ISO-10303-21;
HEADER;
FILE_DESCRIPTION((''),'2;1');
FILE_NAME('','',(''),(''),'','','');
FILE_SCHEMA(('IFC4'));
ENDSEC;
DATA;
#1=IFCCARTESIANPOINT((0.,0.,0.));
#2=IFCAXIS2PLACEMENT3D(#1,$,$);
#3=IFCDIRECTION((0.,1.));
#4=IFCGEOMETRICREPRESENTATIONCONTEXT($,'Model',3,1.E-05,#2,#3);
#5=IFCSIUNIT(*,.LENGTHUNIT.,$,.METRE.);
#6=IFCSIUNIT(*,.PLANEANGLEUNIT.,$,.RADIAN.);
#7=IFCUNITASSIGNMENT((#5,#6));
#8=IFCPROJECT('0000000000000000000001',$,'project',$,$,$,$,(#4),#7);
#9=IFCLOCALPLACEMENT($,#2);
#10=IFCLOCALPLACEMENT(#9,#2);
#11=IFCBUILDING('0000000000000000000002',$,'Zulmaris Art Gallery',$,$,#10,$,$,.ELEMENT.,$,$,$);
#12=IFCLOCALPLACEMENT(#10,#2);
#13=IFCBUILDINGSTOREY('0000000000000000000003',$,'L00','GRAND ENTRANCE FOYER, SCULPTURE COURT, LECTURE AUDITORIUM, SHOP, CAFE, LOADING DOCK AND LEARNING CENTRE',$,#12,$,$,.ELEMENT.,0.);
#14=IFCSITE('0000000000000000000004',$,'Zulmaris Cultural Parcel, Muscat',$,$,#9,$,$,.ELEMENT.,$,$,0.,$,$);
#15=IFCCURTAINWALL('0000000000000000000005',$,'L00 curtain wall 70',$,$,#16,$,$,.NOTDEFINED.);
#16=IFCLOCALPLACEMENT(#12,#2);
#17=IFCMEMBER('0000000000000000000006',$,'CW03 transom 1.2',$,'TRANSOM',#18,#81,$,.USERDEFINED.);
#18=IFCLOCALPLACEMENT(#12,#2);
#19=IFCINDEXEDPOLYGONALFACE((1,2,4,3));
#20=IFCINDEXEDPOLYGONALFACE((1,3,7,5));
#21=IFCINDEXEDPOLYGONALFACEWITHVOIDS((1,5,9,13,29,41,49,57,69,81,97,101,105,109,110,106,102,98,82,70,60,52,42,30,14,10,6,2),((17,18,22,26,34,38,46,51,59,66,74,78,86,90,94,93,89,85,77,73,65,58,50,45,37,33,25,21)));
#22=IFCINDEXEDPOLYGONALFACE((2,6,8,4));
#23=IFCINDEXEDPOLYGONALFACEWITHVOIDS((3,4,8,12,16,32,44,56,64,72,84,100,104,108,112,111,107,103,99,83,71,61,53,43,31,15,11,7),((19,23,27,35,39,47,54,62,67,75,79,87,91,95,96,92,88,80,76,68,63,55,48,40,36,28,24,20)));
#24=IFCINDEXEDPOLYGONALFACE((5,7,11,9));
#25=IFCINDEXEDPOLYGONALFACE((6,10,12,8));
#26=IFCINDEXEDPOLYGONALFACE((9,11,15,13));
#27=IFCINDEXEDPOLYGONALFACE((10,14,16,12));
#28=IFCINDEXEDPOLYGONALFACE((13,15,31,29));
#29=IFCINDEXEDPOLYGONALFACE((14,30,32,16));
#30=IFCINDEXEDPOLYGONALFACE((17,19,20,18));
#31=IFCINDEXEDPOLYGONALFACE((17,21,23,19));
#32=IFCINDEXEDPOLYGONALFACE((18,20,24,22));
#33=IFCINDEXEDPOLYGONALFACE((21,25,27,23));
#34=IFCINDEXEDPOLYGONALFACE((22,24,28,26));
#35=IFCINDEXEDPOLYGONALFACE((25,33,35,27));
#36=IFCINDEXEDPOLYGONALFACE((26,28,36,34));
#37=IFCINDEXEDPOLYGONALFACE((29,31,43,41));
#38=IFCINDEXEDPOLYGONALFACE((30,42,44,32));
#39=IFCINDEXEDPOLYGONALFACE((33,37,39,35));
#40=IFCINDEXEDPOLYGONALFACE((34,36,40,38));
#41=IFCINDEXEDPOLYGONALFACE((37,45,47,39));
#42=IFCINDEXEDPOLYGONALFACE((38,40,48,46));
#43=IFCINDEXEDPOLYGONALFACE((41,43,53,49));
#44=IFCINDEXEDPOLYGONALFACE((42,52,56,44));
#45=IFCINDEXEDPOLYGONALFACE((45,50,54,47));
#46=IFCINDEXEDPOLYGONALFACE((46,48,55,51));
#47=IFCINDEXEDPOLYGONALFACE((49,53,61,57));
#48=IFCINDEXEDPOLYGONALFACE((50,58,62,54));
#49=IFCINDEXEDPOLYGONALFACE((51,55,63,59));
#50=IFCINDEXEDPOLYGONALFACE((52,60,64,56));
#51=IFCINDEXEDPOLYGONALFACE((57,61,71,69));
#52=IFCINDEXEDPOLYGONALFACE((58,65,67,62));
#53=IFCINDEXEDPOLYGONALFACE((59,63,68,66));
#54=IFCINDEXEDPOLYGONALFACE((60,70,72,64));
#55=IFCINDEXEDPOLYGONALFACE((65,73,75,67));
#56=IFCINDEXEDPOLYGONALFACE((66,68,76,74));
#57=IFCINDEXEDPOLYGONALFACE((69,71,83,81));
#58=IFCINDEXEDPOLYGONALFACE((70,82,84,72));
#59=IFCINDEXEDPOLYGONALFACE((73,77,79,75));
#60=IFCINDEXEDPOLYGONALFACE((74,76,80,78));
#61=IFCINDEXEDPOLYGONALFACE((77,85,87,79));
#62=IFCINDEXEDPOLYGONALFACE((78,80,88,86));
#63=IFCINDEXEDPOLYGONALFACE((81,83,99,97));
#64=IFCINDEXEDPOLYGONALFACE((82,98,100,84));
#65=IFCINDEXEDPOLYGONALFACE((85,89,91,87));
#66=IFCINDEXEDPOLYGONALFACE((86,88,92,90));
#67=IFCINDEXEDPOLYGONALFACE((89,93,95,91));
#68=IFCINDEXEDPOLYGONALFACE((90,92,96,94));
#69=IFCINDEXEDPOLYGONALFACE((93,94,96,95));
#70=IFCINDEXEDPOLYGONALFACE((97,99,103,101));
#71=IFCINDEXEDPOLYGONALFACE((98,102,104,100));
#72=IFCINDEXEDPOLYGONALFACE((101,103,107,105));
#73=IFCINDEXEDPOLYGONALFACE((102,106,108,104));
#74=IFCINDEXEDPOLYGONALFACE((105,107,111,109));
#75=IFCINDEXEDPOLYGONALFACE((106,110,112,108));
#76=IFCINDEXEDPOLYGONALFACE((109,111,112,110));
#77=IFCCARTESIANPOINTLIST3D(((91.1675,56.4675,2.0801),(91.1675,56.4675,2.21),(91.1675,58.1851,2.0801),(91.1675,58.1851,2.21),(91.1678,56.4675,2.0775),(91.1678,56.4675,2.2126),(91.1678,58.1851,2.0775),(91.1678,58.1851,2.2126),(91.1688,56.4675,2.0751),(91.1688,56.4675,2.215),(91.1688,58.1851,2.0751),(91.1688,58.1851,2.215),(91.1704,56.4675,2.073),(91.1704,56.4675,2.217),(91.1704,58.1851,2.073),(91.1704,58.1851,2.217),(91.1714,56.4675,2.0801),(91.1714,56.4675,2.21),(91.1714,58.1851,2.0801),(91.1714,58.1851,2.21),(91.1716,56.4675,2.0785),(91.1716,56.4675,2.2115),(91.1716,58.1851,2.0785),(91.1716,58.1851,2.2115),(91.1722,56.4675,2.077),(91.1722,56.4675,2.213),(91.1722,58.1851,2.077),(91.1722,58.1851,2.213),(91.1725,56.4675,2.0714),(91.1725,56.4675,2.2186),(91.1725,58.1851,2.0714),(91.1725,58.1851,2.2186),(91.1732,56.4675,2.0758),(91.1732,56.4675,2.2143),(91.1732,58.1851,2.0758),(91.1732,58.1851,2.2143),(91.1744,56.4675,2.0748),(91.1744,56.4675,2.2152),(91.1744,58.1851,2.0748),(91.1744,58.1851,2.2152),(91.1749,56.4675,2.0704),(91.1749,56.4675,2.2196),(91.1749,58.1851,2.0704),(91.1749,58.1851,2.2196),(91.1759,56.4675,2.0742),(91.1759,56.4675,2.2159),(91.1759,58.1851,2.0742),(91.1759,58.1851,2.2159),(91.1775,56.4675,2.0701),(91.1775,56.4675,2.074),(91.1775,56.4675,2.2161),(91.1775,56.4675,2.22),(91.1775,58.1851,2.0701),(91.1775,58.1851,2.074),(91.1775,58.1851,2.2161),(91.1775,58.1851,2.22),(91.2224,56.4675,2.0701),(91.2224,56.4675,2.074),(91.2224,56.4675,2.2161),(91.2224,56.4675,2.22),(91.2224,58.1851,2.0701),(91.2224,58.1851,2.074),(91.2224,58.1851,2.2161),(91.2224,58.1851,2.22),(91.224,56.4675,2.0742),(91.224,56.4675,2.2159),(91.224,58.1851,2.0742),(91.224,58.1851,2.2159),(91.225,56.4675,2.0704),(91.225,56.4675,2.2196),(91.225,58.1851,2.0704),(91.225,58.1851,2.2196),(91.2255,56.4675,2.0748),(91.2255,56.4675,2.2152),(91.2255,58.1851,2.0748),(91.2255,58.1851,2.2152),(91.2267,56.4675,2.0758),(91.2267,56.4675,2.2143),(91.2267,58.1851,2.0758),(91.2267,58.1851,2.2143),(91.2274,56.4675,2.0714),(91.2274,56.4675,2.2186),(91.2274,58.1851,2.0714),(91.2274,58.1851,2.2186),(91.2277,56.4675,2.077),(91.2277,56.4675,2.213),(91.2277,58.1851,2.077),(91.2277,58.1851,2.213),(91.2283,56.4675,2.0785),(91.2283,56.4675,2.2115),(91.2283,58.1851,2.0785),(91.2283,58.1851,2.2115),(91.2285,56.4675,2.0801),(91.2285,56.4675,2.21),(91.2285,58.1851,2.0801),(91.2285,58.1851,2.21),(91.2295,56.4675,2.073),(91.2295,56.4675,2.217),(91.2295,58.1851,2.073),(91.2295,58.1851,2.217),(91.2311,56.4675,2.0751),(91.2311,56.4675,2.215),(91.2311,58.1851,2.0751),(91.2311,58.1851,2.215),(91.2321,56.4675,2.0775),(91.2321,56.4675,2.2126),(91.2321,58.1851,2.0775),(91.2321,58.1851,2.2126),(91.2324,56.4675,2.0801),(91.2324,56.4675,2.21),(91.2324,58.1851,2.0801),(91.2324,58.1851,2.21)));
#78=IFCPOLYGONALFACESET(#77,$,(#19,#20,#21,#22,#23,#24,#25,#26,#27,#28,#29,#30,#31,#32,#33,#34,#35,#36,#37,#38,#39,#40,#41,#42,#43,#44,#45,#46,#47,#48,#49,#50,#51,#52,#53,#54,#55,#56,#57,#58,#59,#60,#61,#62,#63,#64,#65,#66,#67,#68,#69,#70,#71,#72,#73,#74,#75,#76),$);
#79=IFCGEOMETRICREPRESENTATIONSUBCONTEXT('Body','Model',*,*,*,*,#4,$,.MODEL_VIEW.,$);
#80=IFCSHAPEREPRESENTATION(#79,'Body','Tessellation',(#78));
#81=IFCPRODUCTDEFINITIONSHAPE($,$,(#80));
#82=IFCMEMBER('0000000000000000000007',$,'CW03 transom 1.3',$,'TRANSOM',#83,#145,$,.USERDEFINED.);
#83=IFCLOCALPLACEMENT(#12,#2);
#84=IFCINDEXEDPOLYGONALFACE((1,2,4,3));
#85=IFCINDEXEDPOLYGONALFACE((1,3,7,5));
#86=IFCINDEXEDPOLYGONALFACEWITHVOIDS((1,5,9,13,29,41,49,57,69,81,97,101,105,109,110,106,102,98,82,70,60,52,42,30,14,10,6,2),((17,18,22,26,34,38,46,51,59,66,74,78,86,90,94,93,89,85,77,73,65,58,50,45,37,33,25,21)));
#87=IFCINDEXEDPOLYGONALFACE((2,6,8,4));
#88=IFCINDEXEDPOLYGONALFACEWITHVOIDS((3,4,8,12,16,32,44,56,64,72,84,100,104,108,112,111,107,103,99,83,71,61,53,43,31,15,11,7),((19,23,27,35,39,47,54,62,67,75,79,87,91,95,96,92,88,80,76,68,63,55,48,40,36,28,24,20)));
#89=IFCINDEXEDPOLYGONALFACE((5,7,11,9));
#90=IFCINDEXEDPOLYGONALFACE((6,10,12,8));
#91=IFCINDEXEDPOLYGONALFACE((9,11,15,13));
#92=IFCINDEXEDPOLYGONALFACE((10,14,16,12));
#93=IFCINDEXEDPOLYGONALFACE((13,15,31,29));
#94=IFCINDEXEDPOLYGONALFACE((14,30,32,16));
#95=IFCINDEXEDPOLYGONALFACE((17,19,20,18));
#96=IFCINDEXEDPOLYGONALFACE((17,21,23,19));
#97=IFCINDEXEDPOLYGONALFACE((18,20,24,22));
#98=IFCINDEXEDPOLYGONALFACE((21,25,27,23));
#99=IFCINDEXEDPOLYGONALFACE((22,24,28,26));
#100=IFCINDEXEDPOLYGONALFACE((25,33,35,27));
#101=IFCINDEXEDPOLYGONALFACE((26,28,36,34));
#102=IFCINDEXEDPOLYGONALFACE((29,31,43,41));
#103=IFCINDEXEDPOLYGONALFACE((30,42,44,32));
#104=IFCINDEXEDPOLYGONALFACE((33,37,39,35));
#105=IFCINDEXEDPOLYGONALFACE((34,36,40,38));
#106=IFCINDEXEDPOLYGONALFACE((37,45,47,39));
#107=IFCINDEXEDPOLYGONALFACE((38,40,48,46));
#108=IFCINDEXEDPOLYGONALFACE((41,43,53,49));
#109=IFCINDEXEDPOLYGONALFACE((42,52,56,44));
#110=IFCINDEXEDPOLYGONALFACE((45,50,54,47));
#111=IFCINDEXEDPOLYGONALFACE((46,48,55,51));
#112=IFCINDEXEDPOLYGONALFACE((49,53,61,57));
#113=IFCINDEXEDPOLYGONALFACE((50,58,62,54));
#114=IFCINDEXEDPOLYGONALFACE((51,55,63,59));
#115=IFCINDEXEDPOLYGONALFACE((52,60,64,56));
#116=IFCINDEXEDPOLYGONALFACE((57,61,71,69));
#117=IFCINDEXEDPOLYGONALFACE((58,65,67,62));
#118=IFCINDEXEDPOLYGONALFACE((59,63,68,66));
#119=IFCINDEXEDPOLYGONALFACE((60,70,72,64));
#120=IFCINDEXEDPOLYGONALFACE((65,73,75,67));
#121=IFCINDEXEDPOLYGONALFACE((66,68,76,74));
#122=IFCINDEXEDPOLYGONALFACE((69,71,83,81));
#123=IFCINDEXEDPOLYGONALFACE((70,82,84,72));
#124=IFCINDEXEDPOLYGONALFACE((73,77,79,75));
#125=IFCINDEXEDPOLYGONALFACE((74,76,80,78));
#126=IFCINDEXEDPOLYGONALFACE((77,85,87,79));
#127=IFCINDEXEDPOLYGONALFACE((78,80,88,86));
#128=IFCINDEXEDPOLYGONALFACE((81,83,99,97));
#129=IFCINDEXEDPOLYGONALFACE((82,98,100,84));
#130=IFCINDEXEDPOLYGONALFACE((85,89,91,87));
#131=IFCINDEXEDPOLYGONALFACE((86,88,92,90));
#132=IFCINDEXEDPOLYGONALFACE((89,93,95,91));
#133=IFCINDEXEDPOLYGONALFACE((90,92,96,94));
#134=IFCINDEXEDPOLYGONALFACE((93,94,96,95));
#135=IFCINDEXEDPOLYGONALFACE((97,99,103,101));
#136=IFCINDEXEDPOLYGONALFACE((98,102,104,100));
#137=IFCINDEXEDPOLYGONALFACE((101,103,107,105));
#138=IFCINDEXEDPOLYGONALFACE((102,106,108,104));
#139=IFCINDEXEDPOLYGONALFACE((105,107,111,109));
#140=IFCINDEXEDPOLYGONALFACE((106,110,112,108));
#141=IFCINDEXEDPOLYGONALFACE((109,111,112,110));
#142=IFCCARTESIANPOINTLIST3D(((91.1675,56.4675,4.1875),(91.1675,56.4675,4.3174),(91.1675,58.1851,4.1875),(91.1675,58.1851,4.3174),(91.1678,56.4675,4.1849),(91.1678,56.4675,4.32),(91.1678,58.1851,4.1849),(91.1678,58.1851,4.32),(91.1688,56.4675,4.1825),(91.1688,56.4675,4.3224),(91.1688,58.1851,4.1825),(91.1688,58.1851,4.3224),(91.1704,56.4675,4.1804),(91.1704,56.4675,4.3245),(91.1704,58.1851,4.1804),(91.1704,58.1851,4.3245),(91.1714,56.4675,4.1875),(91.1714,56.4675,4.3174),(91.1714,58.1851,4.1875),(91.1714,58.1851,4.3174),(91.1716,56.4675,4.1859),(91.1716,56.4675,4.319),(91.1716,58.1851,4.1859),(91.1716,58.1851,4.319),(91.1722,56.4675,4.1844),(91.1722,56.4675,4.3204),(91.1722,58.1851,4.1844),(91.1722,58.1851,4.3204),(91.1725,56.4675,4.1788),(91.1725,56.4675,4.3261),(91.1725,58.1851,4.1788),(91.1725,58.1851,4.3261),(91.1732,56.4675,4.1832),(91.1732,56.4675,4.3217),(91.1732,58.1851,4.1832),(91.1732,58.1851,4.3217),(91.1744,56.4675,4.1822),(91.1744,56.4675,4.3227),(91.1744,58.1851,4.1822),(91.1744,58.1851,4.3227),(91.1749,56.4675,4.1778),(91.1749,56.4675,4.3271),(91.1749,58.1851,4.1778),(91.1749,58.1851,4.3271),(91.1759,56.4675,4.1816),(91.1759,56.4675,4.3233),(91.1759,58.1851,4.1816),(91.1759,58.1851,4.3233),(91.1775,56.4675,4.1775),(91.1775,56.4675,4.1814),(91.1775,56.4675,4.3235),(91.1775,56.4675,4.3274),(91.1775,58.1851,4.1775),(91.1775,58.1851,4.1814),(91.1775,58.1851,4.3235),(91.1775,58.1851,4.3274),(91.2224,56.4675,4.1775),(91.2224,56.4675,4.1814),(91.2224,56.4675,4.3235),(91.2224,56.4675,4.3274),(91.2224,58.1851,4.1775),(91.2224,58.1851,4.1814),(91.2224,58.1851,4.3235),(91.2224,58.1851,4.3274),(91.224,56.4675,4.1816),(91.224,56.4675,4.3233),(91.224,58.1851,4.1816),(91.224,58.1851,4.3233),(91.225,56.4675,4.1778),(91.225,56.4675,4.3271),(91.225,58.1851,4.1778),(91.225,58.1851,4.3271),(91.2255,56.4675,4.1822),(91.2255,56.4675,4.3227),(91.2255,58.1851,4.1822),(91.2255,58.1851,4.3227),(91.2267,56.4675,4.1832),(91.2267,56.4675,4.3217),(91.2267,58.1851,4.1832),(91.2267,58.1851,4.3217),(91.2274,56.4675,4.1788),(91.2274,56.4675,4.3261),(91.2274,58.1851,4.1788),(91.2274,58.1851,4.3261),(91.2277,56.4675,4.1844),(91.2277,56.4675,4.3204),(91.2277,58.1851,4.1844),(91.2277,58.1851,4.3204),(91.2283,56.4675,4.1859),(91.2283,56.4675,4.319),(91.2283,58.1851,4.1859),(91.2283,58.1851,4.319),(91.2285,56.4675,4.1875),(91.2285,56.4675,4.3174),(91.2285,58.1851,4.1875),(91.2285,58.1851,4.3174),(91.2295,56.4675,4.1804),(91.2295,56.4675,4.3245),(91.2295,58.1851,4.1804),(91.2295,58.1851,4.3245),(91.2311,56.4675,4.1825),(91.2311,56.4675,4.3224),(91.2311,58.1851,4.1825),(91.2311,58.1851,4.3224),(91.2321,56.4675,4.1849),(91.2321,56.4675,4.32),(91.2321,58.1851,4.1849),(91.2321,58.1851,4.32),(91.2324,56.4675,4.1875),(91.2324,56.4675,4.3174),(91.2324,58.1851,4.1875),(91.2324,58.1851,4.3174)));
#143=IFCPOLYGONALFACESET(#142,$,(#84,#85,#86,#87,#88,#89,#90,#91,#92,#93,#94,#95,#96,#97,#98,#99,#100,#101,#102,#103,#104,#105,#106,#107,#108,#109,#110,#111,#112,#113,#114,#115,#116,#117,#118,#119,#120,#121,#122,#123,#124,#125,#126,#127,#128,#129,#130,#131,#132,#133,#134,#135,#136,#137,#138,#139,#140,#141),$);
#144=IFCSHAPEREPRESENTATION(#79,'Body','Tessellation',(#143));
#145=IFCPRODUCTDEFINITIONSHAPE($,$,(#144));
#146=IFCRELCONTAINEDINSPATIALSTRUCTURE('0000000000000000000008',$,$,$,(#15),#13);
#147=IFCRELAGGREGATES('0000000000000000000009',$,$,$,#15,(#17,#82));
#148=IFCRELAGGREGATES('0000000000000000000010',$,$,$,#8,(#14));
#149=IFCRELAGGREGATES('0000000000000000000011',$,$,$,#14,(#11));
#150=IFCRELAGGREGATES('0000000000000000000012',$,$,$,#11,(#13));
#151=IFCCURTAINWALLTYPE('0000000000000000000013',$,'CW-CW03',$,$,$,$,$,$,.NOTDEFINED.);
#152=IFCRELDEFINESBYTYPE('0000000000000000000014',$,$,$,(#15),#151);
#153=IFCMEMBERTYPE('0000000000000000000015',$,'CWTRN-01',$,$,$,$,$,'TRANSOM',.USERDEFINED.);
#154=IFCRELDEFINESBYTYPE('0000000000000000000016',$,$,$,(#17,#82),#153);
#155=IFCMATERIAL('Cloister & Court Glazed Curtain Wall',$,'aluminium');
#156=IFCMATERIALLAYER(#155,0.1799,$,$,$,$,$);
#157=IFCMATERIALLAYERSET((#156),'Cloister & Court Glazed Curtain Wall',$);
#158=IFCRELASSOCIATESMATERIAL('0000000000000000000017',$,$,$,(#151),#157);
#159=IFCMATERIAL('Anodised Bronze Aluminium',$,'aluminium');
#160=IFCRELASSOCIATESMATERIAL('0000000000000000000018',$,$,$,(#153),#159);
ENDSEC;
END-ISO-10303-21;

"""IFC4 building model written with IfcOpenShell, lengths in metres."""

from ifc_helpers import new_model, si_unit, direction, frame, origin, origin_2d, place, context, subcontext, project, spatial, hollow_rectangle, extrude, material, layer, layer_set, material_profile, profile_set, type_object, element, aggregate, save


model = new_model("IFC4")

# Units and contexts
model_context = context("Model", 3, precision=1e-05, world=origin(), true_north=direction((0.0, 1.0)))
body_context = subcontext(model_context, "Body", "Model", "MODEL_VIEW")
ifc_project = project(units=[si_unit("LENGTHUNIT", "METRE"), si_unit("PLANEANGLEUNIT", "RADIAN")], contexts=[model_context])

# Site, building, storey
site_placement = place(None, origin())
site = spatial("IfcSite", under=ifc_project, at=site_placement, Name="Zulmaris Cultural Parcel, Muscat", CompositionType="ELEMENT", RefElevation=0.0)
building_placement = place(site_placement, origin())
building = spatial("IfcBuilding", under=site, at=building_placement, Name="Zulmaris Art Gallery", CompositionType="ELEMENT")
storey_placement = place(building_placement, origin())
storey = spatial("IfcBuildingStorey", under=building, at=storey_placement, Name="L00", Description="GRAND ENTRANCE FOYER, SCULPTURE COURT, LECTURE AUDITORIUM, SHOP, CAFE, LOADING DOCK AND LEARNING CENTRE", CompositionType="ELEMENT", Elevation=0.0)

# Shared definitions
ifc_material_1 = material(Name="Cloister & Court Glazed Curtain Wall", Category="aluminium")
ifc_layer_1 = layer(ifc_material_1, 0.1799)
ifc_layer_set_1 = layer_set([ifc_layer_1], Name="Cloister & Court Glazed Curtain Wall")
curtain_wall_type_1 = type_object("IfcCurtainWallType", Name="CW-CW03", PredefinedType="NOTDEFINED", material=ifc_layer_set_1)
ifc_material_2 = material(Name="Anodised Bronze Aluminium", Category="aluminium")

# Curtain wall
curtain_wall_1_placement = place(storey_placement, origin())
curtain_wall_1 = element("IfcCurtainWall", 1, at=curtain_wall_1_placement, inside=storey, type_object=curtain_wall_type_1, Name="L00 curtain wall 70", PredefinedType="NOTDEFINED")

# Members
ifc_material_profile_1 = material_profile(ifc_material_2, hollow_rectangle(XDim=0.0649, YDim=0.1499, WallThickness=0.0039, InnerFilletRadius=0.0061, OuterFilletRadius=0.01, at=origin_2d()), Name="ALU 65x150x4")
ifc_profile_set_1 = profile_set([ifc_material_profile_1], Name="Anodised Bronze Aluminium")
member_type_1 = type_object("IfcMemberType", Name="CWTRN-01", ElementType="TRANSOM", PredefinedType="USERDEFINED", material=ifc_profile_set_1)
member_1_placement = place(storey_placement, frame((91.2, 58.1851, 2.145), z_axis=(0.0, -1.0, 0.0), x_axis=(1.0, 0.0, 0.0)))
member_1 = element("IfcMember", 2, at=member_1_placement, type_object=member_type_1, Name="CW03 transom 1.2", ObjectType="TRANSOM", PredefinedType="USERDEFINED", context=body_context, shape_type="SweptSolid", body=[
    extrude(hollow_rectangle(XDim=0.0649, YDim=0.1499, WallThickness=0.0039, InnerFilletRadius=0.0061, OuterFilletRadius=0.01, at=origin_2d()), origin(), (0.0, 0.0, 1.0), 1.7175),
])
member_2_placement = place(storey_placement, frame((91.2, 58.1851, 4.2524), z_axis=(0.0, -1.0, 0.0), x_axis=(1.0, 0.0, 0.0)))
member_2 = element("IfcMember", 3, at=member_2_placement, type_object=member_type_1, Name="CW03 transom 1.3", ObjectType="TRANSOM", PredefinedType="USERDEFINED", context=body_context, shape_type="SweptSolid", body=[
    extrude(hollow_rectangle(XDim=0.0649, YDim=0.1499, WallThickness=0.0039, InnerFilletRadius=0.0061, OuterFilletRadius=0.01, at=origin_2d()), origin(), (0.0, 0.0, 1.0), 1.7175),
])

aggregate(curtain_wall_1, [member_1, member_2])

save(model, "model.ifc")
